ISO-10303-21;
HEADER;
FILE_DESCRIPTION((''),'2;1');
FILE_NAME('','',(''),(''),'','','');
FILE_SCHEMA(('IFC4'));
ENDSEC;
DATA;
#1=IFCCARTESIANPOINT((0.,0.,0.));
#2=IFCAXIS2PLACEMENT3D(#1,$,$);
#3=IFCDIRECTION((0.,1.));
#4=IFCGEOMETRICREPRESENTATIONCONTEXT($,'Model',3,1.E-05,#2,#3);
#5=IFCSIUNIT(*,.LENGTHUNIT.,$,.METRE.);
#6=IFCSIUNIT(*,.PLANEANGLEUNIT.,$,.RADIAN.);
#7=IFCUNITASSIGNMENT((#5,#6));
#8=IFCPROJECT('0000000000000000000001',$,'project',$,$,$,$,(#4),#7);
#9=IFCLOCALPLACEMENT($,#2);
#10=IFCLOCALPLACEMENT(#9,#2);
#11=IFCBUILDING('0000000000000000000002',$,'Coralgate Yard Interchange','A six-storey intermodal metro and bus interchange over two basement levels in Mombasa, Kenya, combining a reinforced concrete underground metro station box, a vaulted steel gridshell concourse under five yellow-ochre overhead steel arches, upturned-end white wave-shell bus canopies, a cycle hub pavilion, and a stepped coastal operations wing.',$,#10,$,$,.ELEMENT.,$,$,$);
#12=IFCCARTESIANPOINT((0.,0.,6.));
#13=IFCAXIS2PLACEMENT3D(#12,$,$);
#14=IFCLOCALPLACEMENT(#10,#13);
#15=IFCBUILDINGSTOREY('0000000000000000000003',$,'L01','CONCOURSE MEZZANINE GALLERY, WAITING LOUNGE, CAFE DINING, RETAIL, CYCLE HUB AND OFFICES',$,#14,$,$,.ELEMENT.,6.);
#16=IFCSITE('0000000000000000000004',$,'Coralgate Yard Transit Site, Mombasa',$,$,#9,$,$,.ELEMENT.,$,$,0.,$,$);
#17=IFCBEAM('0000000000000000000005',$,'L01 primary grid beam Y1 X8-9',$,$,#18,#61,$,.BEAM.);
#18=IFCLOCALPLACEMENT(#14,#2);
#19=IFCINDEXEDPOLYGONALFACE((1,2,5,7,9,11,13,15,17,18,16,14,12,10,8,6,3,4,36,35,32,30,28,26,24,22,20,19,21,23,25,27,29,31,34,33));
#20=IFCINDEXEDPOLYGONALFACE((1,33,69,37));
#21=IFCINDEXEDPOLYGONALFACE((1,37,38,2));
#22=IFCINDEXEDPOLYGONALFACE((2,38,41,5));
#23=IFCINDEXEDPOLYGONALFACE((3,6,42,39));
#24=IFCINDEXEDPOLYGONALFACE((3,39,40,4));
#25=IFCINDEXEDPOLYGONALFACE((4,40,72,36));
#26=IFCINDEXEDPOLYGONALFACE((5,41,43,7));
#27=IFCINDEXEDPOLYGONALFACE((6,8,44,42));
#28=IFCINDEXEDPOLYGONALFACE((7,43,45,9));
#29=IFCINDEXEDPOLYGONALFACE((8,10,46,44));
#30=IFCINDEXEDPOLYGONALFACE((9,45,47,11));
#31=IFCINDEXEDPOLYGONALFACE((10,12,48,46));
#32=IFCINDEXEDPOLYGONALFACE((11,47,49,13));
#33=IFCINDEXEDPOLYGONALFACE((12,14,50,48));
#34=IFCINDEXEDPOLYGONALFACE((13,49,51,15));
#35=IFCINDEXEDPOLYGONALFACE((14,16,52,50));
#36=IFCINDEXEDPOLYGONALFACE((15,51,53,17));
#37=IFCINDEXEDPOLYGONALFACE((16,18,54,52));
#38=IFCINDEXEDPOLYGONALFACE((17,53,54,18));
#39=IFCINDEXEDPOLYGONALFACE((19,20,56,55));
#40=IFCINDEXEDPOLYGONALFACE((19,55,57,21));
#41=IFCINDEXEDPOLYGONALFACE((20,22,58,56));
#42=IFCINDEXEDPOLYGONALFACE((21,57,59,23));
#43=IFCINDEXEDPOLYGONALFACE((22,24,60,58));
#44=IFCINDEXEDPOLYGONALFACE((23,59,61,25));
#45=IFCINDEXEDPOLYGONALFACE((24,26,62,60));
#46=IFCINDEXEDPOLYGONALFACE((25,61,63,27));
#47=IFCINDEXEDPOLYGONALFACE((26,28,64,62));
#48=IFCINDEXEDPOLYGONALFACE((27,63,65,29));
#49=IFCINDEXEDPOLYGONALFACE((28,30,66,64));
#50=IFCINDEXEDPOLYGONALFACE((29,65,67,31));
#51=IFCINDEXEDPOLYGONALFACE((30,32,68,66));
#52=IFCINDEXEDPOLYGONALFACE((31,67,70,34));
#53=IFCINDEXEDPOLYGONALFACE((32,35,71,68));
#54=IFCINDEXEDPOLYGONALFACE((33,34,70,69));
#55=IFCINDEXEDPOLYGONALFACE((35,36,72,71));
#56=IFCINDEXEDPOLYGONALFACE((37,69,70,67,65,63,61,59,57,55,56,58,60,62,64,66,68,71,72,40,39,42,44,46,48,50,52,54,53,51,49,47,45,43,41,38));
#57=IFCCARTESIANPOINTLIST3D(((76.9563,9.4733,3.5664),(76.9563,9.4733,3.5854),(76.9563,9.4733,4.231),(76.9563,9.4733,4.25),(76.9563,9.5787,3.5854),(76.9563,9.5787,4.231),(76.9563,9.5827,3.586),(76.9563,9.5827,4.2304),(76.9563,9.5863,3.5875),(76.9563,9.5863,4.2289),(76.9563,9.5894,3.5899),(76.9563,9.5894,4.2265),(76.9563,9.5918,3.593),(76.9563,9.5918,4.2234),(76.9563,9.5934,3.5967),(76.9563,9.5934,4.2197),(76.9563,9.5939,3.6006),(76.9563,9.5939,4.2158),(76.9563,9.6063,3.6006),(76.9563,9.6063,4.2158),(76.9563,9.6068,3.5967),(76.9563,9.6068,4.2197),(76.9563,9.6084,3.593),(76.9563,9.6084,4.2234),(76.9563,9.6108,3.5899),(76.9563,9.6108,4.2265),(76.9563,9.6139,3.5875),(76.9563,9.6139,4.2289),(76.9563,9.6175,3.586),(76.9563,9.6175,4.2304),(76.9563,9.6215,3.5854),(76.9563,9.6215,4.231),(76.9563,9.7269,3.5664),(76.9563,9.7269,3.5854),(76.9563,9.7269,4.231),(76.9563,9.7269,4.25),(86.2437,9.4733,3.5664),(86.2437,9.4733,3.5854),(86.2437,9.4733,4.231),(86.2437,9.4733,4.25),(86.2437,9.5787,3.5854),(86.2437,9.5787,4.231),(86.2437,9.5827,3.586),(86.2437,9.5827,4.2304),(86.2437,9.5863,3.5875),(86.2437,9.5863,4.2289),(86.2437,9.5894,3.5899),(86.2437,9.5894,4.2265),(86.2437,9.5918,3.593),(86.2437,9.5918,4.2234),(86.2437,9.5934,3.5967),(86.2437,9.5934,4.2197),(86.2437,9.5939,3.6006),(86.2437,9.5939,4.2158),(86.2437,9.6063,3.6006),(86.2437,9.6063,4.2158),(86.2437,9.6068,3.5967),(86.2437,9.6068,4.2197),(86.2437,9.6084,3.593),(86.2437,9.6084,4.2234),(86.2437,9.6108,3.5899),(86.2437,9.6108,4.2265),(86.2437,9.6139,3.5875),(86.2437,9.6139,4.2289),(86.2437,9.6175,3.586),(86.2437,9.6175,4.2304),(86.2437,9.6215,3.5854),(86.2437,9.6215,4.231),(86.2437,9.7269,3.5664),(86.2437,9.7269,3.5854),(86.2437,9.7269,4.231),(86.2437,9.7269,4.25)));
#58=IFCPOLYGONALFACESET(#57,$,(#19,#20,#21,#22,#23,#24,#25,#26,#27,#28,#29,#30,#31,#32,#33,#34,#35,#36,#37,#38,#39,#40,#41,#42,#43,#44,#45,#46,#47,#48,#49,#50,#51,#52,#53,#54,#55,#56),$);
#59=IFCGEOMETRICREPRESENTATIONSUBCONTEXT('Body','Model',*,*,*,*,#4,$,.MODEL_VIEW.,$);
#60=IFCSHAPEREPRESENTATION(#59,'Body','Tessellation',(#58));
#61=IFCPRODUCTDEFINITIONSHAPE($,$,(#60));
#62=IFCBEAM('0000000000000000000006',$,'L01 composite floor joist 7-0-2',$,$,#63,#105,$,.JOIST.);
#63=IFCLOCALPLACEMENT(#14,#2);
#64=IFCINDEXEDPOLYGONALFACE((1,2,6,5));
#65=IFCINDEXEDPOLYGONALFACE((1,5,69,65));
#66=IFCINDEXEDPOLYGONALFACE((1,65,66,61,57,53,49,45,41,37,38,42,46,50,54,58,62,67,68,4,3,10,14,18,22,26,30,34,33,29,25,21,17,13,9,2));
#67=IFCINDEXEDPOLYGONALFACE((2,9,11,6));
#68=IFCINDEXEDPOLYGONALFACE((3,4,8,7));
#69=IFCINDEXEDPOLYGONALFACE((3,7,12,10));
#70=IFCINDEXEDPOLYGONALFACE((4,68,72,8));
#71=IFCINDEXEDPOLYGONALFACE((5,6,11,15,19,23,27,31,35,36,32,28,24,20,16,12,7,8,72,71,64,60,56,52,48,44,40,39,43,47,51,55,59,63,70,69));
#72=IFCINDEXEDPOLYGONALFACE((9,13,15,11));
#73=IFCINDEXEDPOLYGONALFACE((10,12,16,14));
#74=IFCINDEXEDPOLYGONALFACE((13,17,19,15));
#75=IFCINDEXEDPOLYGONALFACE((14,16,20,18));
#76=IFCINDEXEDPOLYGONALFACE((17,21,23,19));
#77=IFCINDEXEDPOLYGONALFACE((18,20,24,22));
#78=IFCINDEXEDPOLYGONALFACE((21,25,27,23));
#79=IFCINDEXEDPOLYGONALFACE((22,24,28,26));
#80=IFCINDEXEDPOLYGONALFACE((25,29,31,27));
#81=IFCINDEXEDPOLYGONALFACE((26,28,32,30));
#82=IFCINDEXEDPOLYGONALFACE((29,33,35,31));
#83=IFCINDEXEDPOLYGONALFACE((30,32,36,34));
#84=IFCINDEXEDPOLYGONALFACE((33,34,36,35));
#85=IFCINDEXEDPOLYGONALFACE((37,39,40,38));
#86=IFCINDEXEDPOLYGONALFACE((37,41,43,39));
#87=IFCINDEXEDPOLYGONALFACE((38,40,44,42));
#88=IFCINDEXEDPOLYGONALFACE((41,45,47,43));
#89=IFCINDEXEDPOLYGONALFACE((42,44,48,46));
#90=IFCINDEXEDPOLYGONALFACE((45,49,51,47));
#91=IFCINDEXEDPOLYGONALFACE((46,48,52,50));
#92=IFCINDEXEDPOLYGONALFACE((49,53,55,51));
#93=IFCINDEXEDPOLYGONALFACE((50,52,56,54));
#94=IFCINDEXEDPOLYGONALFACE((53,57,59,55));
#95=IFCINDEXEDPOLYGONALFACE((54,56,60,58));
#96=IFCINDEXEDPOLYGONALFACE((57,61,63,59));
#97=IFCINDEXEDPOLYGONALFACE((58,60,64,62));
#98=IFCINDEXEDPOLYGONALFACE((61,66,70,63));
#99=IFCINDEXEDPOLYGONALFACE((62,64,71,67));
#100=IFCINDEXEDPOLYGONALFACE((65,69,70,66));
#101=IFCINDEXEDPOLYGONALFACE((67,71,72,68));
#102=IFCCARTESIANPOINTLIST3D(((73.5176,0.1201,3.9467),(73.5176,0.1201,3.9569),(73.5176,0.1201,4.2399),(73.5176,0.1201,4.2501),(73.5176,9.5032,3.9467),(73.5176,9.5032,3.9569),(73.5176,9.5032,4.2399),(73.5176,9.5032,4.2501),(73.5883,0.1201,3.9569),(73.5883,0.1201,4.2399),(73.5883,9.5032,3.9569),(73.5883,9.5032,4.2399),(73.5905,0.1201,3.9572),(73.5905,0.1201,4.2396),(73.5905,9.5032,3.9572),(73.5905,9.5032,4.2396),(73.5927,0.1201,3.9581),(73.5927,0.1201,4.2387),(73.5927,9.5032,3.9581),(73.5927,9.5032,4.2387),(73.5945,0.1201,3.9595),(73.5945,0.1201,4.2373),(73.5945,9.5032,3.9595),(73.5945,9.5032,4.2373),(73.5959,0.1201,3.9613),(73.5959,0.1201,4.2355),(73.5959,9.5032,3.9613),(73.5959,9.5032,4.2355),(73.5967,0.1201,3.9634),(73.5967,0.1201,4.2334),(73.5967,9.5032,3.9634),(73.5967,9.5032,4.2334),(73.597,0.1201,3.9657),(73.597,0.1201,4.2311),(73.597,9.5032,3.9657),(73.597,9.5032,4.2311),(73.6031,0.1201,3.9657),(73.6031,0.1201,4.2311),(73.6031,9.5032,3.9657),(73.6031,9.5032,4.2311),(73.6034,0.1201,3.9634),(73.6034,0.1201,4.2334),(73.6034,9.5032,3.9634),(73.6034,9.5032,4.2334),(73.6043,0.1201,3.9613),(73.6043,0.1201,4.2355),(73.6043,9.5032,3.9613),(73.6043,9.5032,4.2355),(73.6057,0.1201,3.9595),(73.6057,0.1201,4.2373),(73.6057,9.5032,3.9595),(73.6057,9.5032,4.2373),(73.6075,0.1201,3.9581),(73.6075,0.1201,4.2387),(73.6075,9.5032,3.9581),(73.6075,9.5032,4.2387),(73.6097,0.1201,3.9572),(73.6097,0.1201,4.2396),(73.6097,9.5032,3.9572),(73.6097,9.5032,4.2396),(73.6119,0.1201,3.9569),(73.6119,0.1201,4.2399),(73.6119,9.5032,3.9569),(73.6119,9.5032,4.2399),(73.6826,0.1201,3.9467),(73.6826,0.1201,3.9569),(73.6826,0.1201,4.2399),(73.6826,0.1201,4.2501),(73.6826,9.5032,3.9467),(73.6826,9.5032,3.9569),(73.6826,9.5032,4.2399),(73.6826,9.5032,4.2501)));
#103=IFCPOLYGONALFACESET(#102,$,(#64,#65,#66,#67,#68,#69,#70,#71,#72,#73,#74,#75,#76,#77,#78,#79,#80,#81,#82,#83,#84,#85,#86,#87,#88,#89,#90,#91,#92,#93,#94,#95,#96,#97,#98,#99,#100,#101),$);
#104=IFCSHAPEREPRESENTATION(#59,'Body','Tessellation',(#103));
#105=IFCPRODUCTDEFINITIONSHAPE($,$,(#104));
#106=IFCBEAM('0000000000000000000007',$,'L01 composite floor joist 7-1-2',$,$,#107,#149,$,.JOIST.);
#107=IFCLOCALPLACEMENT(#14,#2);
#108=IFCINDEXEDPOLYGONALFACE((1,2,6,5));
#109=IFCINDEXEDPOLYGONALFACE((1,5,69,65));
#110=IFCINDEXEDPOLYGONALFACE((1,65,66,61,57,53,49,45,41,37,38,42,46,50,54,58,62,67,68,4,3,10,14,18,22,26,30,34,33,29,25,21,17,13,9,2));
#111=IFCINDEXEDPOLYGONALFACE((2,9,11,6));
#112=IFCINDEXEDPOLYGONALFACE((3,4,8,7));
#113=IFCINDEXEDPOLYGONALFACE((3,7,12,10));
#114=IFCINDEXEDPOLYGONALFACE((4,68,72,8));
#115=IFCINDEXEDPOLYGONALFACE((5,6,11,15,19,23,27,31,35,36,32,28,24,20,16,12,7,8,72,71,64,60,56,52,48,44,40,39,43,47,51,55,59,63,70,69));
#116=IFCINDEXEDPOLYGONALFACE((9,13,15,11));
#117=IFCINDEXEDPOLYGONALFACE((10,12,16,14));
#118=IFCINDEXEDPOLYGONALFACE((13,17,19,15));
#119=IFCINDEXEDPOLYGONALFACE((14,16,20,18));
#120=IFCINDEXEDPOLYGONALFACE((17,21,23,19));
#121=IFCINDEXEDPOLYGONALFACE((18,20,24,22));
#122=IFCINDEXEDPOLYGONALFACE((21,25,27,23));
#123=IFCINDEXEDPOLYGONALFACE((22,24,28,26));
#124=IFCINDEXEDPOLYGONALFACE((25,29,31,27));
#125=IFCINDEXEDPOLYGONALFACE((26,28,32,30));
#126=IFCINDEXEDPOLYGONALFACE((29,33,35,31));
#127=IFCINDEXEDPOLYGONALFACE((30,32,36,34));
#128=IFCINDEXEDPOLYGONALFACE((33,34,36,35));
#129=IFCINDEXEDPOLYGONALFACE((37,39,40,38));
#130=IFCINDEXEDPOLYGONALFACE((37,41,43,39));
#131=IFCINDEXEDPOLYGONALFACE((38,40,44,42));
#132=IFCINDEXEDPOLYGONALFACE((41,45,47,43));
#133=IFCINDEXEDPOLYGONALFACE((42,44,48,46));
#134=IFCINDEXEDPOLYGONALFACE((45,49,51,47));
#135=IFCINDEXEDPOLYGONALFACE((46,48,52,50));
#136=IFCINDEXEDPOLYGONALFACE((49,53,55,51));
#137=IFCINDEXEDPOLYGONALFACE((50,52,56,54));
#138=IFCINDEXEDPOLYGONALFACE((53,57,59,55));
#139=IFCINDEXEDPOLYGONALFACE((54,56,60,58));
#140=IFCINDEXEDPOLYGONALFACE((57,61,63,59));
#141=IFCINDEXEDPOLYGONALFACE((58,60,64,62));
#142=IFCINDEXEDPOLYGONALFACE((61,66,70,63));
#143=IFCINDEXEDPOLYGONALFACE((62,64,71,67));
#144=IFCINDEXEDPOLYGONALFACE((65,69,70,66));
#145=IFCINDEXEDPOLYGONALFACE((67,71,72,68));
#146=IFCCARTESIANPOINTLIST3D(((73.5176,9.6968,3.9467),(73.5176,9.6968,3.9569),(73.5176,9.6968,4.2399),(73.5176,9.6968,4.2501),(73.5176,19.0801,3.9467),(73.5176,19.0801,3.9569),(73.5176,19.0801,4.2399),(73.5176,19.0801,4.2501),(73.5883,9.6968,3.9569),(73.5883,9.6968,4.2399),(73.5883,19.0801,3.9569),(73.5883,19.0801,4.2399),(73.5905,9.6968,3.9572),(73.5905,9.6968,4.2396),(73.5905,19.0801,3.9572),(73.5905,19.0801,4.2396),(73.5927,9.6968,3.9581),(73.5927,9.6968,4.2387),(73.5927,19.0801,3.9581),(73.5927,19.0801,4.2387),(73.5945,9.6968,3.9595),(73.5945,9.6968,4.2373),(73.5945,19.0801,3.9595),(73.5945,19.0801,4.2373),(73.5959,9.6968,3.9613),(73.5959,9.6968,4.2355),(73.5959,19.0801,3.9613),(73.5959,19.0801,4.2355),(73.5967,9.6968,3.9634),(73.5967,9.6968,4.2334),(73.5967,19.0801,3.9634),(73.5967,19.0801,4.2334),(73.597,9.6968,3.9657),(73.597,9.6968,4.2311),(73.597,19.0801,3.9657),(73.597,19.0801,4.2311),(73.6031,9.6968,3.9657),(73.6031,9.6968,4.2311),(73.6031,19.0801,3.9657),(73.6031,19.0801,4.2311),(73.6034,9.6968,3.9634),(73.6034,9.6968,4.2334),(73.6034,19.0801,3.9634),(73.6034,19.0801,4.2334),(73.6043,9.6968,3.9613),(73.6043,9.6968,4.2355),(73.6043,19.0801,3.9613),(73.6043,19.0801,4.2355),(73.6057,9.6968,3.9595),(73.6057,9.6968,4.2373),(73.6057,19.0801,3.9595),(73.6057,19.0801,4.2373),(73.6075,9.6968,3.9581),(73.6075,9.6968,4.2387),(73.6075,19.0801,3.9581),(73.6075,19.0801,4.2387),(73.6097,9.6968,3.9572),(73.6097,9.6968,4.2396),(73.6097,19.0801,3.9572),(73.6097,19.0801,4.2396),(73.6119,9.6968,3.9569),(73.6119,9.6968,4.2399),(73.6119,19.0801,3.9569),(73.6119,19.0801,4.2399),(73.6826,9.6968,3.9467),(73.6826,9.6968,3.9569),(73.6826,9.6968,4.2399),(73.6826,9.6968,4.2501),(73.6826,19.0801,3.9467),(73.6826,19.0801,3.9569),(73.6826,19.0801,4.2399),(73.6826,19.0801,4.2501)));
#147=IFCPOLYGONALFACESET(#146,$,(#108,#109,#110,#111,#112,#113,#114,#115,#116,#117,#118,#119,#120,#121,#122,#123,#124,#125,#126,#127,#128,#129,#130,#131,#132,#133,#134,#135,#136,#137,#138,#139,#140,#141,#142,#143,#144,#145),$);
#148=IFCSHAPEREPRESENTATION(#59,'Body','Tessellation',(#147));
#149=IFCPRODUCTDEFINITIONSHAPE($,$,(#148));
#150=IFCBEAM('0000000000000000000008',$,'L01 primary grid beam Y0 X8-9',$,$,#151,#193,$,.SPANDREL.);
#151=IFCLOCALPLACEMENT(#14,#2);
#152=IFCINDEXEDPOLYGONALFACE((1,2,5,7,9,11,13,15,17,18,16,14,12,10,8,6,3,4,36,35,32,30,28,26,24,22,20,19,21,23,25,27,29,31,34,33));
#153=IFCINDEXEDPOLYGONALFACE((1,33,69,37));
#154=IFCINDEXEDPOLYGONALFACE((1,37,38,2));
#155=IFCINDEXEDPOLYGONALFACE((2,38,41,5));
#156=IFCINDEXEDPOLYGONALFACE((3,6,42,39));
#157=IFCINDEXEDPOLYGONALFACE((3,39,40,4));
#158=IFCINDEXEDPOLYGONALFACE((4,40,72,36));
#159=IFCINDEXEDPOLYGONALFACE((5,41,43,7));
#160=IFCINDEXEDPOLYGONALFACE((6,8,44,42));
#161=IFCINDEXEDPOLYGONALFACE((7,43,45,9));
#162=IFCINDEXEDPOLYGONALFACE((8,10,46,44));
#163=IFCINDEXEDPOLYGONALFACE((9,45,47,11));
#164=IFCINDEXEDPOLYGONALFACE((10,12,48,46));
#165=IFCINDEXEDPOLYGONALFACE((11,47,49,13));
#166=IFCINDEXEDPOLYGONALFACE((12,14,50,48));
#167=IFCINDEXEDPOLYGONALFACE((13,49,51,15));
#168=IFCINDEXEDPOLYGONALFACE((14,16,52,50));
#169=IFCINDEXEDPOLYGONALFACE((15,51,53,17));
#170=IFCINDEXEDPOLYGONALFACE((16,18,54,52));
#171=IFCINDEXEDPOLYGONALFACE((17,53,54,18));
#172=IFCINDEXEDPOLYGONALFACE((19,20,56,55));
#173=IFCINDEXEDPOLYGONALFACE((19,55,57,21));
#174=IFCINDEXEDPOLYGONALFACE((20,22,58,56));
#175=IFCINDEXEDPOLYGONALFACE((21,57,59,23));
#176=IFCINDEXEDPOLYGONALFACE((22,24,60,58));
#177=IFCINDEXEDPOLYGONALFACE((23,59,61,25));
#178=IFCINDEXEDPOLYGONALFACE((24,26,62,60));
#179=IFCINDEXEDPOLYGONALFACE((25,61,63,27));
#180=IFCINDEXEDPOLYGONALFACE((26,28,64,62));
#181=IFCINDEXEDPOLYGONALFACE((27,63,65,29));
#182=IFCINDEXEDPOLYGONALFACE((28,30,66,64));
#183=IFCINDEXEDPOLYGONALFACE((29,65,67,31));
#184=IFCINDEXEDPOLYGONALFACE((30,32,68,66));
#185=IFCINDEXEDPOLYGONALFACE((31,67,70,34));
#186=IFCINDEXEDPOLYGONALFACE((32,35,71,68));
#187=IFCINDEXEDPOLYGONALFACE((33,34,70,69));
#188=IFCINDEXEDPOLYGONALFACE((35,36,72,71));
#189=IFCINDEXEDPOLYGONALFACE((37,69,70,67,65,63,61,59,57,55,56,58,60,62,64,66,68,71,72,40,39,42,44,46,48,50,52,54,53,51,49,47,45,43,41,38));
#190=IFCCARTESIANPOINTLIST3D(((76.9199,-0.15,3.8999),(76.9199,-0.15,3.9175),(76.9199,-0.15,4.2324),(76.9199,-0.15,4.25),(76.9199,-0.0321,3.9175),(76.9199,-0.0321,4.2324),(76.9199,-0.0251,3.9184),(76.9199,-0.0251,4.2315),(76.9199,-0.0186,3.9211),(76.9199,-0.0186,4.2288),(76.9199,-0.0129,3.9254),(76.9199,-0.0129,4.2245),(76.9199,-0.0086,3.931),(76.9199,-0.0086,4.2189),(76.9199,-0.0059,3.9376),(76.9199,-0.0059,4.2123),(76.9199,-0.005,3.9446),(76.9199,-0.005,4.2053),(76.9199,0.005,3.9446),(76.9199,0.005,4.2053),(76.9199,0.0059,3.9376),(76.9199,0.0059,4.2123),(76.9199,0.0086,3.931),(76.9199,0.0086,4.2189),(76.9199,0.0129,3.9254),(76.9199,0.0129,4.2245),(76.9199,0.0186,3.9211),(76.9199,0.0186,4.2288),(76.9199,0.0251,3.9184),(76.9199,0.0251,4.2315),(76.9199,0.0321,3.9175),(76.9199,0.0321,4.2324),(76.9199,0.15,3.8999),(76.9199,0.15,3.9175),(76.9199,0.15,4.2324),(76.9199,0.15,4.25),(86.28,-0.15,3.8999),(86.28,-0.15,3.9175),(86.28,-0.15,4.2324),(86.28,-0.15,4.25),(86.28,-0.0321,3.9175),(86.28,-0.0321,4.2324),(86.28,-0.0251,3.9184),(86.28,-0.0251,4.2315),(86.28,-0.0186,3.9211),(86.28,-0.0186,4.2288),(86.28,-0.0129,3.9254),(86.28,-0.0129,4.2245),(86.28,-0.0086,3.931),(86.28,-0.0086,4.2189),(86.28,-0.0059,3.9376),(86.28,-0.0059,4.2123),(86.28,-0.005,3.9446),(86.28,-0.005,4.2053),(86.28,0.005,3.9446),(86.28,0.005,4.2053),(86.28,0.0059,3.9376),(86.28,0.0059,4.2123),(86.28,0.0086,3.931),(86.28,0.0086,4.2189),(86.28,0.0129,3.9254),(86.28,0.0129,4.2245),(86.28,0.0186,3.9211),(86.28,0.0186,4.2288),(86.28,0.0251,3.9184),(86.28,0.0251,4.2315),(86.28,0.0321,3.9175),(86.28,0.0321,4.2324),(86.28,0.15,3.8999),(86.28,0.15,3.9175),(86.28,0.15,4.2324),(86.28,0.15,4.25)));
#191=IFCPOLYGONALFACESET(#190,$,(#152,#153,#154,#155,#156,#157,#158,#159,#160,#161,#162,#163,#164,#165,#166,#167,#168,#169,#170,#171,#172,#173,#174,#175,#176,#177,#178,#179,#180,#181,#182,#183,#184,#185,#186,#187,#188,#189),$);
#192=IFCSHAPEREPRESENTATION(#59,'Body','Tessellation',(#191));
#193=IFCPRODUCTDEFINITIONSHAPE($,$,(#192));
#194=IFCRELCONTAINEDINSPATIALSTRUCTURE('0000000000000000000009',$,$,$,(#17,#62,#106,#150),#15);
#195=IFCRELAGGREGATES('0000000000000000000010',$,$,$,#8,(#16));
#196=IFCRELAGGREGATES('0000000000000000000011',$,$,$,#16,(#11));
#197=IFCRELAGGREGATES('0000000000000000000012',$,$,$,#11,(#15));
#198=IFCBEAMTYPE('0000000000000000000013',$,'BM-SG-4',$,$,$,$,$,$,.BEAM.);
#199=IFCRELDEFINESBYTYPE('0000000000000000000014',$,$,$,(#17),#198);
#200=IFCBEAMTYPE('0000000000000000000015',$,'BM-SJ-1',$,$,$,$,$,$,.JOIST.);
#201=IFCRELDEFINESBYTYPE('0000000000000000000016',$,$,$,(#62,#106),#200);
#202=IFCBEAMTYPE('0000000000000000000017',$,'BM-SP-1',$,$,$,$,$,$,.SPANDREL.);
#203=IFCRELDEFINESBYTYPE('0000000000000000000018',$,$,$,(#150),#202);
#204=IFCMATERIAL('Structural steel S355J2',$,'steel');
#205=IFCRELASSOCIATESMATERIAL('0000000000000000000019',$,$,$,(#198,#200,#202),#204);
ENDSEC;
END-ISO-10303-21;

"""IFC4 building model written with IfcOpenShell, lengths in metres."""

from ifc_helpers import new_model, si_unit, direction, frame, origin, origin_2d, place, context, subcontext, project, spatial, i_section, extrude, material, material_profile, profile_set, type_object, element, save


model = new_model("IFC4")

# Units and contexts
model_context = context("Model", 3, precision=1e-05, world=origin(), true_north=direction((0.0, 1.0)))
body_context = subcontext(model_context, "Body", "Model", "MODEL_VIEW")
ifc_project = project(units=[si_unit("LENGTHUNIT", "METRE"), si_unit("PLANEANGLEUNIT", "RADIAN")], contexts=[model_context])

# Site, building, storey
site_placement = place(None, origin())
site = spatial("IfcSite", under=ifc_project, at=site_placement, Name="Coralgate Yard Transit Site, Mombasa", CompositionType="ELEMENT", RefElevation=0.0)
building_placement = place(site_placement, origin())
building = spatial("IfcBuilding", under=site, at=building_placement, Name="Coralgate Yard Interchange", Description="A six-storey intermodal metro and bus interchange over two basement levels in Mombasa, Kenya, combining a reinforced concrete underground metro station box, a vaulted steel gridshell concourse under five yellow-ochre overhead steel arches, upturned-end white wave-shell bus canopies, a cycle hub pavilion, and a stepped coastal operations wing.", CompositionType="ELEMENT")
storey_placement = place(building_placement, frame((0.0, 0.0, 6.0)))
storey = spatial("IfcBuildingStorey", under=building, at=storey_placement, Name="L01", Description="CONCOURSE MEZZANINE GALLERY, WAITING LOUNGE, CAFE DINING, RETAIL, CYCLE HUB AND OFFICES", CompositionType="ELEMENT", Elevation=6.0)

# Shared definitions
ifc_material_1 = material(Name="Structural steel S355J2", Category="steel")

# Beams
ifc_material_profile_1 = material_profile(ifc_material_1, i_section(OverallWidth=0.2537, OverallDepth=0.6836, WebThickness=0.0125, FlangeThickness=0.019, FilletRadius=0.0151, at=origin_2d()), Name="UB 686x254x140")
ifc_profile_set_1 = profile_set([ifc_material_profile_1], Name="Structural steel S355J2")
beam_type_1 = type_object("IfcBeamType", Name="BM-SG-4", PredefinedType="BEAM", material=ifc_profile_set_1)
beam_1_placement = place(storey_placement, frame((76.9563, 9.6001, 3.9082), z_axis=(1.0, 0.0, 0.0), x_axis=(0.0, 1.0, 0.0)))
element("IfcBeam", 1, at=beam_1_placement, inside=storey, type_object=beam_type_1, Name="L01 primary grid beam Y1 X8-9", PredefinedType="BEAM", context=body_context, shape_type="SweptSolid", body=[
    extrude(i_section(OverallWidth=0.2537, OverallDepth=0.6836, WebThickness=0.0125, FlangeThickness=0.019, FilletRadius=0.0151, at=origin_2d()), origin(), (0.0, 0.0, 1.0), 9.2874),
])
ifc_material_profile_2 = material_profile(ifc_material_1, i_section(OverallWidth=0.165, OverallDepth=0.3035, WebThickness=0.0061, FlangeThickness=0.0103, FilletRadius=0.0088, at=origin_2d()), Name="UB 305x165x40")
ifc_profile_set_2 = profile_set([ifc_material_profile_2], Name="Structural steel S355J2")
beam_type_2 = type_object("IfcBeamType", Name="BM-SJ-1", PredefinedType="JOIST", material=ifc_profile_set_2)
beam_2_placement = place(storey_placement, frame((73.6001, 0.1201, 4.0984), z_axis=(0.0, 1.0, 0.0), x_axis=(-1.0, 0.0, 0.0)))
element("IfcBeam", 2, at=beam_2_placement, inside=storey, type_object=beam_type_2, Name="L01 composite floor joist 7-0-2", PredefinedType="JOIST", context=body_context, shape_type="SweptSolid", body=[
    extrude(i_section(OverallWidth=0.165, OverallDepth=0.3035, WebThickness=0.0061, FlangeThickness=0.0103, FilletRadius=0.0088, at=origin_2d()), origin(), (0.0, 0.0, 1.0), 9.3831),
])
beam_3_placement = place(storey_placement, frame((73.6001, 9.6968, 4.0984), z_axis=(0.0, 1.0, 0.0), x_axis=(-1.0, 0.0, 0.0)))
element("IfcBeam", 3, at=beam_3_placement, inside=storey, type_object=beam_type_2, Name="L01 composite floor joist 7-1-2", PredefinedType="JOIST", context=body_context, shape_type="SweptSolid", body=[
    extrude(i_section(OverallWidth=0.165, OverallDepth=0.3035, WebThickness=0.0061, FlangeThickness=0.0103, FilletRadius=0.0088, at=origin_2d()), origin(), (0.0, 0.0, 1.0), 9.3833),
])
ifc_material_profile_3 = material_profile(ifc_material_1, i_section(OverallWidth=0.3, OverallDepth=0.3501, WebThickness=0.01, FlangeThickness=0.0176, FilletRadius=0.0271, at=origin_2d()), Name="HEA 360")
ifc_profile_set_3 = profile_set([ifc_material_profile_3], Name="Structural steel S355J2")
beam_type_3 = type_object("IfcBeamType", Name="BM-SP-1", PredefinedType="SPANDREL", material=ifc_profile_set_3)
beam_4_placement = place(storey_placement, frame((76.9199, 0.0, 4.075), z_axis=(1.0, 0.0, 0.0), x_axis=(0.0, 1.0, 0.0)))
element("IfcBeam", 4, at=beam_4_placement, inside=storey, type_object=beam_type_3, Name="L01 primary grid beam Y0 X8-9", PredefinedType="SPANDREL", context=body_context, shape_type="SweptSolid", body=[
    extrude(i_section(OverallWidth=0.3, OverallDepth=0.3501, WebThickness=0.01, FlangeThickness=0.0176, FilletRadius=0.0271, at=origin_2d()), origin(), (0.0, 0.0, 1.0), 9.3601),
])

save(model, "model.ifc")
